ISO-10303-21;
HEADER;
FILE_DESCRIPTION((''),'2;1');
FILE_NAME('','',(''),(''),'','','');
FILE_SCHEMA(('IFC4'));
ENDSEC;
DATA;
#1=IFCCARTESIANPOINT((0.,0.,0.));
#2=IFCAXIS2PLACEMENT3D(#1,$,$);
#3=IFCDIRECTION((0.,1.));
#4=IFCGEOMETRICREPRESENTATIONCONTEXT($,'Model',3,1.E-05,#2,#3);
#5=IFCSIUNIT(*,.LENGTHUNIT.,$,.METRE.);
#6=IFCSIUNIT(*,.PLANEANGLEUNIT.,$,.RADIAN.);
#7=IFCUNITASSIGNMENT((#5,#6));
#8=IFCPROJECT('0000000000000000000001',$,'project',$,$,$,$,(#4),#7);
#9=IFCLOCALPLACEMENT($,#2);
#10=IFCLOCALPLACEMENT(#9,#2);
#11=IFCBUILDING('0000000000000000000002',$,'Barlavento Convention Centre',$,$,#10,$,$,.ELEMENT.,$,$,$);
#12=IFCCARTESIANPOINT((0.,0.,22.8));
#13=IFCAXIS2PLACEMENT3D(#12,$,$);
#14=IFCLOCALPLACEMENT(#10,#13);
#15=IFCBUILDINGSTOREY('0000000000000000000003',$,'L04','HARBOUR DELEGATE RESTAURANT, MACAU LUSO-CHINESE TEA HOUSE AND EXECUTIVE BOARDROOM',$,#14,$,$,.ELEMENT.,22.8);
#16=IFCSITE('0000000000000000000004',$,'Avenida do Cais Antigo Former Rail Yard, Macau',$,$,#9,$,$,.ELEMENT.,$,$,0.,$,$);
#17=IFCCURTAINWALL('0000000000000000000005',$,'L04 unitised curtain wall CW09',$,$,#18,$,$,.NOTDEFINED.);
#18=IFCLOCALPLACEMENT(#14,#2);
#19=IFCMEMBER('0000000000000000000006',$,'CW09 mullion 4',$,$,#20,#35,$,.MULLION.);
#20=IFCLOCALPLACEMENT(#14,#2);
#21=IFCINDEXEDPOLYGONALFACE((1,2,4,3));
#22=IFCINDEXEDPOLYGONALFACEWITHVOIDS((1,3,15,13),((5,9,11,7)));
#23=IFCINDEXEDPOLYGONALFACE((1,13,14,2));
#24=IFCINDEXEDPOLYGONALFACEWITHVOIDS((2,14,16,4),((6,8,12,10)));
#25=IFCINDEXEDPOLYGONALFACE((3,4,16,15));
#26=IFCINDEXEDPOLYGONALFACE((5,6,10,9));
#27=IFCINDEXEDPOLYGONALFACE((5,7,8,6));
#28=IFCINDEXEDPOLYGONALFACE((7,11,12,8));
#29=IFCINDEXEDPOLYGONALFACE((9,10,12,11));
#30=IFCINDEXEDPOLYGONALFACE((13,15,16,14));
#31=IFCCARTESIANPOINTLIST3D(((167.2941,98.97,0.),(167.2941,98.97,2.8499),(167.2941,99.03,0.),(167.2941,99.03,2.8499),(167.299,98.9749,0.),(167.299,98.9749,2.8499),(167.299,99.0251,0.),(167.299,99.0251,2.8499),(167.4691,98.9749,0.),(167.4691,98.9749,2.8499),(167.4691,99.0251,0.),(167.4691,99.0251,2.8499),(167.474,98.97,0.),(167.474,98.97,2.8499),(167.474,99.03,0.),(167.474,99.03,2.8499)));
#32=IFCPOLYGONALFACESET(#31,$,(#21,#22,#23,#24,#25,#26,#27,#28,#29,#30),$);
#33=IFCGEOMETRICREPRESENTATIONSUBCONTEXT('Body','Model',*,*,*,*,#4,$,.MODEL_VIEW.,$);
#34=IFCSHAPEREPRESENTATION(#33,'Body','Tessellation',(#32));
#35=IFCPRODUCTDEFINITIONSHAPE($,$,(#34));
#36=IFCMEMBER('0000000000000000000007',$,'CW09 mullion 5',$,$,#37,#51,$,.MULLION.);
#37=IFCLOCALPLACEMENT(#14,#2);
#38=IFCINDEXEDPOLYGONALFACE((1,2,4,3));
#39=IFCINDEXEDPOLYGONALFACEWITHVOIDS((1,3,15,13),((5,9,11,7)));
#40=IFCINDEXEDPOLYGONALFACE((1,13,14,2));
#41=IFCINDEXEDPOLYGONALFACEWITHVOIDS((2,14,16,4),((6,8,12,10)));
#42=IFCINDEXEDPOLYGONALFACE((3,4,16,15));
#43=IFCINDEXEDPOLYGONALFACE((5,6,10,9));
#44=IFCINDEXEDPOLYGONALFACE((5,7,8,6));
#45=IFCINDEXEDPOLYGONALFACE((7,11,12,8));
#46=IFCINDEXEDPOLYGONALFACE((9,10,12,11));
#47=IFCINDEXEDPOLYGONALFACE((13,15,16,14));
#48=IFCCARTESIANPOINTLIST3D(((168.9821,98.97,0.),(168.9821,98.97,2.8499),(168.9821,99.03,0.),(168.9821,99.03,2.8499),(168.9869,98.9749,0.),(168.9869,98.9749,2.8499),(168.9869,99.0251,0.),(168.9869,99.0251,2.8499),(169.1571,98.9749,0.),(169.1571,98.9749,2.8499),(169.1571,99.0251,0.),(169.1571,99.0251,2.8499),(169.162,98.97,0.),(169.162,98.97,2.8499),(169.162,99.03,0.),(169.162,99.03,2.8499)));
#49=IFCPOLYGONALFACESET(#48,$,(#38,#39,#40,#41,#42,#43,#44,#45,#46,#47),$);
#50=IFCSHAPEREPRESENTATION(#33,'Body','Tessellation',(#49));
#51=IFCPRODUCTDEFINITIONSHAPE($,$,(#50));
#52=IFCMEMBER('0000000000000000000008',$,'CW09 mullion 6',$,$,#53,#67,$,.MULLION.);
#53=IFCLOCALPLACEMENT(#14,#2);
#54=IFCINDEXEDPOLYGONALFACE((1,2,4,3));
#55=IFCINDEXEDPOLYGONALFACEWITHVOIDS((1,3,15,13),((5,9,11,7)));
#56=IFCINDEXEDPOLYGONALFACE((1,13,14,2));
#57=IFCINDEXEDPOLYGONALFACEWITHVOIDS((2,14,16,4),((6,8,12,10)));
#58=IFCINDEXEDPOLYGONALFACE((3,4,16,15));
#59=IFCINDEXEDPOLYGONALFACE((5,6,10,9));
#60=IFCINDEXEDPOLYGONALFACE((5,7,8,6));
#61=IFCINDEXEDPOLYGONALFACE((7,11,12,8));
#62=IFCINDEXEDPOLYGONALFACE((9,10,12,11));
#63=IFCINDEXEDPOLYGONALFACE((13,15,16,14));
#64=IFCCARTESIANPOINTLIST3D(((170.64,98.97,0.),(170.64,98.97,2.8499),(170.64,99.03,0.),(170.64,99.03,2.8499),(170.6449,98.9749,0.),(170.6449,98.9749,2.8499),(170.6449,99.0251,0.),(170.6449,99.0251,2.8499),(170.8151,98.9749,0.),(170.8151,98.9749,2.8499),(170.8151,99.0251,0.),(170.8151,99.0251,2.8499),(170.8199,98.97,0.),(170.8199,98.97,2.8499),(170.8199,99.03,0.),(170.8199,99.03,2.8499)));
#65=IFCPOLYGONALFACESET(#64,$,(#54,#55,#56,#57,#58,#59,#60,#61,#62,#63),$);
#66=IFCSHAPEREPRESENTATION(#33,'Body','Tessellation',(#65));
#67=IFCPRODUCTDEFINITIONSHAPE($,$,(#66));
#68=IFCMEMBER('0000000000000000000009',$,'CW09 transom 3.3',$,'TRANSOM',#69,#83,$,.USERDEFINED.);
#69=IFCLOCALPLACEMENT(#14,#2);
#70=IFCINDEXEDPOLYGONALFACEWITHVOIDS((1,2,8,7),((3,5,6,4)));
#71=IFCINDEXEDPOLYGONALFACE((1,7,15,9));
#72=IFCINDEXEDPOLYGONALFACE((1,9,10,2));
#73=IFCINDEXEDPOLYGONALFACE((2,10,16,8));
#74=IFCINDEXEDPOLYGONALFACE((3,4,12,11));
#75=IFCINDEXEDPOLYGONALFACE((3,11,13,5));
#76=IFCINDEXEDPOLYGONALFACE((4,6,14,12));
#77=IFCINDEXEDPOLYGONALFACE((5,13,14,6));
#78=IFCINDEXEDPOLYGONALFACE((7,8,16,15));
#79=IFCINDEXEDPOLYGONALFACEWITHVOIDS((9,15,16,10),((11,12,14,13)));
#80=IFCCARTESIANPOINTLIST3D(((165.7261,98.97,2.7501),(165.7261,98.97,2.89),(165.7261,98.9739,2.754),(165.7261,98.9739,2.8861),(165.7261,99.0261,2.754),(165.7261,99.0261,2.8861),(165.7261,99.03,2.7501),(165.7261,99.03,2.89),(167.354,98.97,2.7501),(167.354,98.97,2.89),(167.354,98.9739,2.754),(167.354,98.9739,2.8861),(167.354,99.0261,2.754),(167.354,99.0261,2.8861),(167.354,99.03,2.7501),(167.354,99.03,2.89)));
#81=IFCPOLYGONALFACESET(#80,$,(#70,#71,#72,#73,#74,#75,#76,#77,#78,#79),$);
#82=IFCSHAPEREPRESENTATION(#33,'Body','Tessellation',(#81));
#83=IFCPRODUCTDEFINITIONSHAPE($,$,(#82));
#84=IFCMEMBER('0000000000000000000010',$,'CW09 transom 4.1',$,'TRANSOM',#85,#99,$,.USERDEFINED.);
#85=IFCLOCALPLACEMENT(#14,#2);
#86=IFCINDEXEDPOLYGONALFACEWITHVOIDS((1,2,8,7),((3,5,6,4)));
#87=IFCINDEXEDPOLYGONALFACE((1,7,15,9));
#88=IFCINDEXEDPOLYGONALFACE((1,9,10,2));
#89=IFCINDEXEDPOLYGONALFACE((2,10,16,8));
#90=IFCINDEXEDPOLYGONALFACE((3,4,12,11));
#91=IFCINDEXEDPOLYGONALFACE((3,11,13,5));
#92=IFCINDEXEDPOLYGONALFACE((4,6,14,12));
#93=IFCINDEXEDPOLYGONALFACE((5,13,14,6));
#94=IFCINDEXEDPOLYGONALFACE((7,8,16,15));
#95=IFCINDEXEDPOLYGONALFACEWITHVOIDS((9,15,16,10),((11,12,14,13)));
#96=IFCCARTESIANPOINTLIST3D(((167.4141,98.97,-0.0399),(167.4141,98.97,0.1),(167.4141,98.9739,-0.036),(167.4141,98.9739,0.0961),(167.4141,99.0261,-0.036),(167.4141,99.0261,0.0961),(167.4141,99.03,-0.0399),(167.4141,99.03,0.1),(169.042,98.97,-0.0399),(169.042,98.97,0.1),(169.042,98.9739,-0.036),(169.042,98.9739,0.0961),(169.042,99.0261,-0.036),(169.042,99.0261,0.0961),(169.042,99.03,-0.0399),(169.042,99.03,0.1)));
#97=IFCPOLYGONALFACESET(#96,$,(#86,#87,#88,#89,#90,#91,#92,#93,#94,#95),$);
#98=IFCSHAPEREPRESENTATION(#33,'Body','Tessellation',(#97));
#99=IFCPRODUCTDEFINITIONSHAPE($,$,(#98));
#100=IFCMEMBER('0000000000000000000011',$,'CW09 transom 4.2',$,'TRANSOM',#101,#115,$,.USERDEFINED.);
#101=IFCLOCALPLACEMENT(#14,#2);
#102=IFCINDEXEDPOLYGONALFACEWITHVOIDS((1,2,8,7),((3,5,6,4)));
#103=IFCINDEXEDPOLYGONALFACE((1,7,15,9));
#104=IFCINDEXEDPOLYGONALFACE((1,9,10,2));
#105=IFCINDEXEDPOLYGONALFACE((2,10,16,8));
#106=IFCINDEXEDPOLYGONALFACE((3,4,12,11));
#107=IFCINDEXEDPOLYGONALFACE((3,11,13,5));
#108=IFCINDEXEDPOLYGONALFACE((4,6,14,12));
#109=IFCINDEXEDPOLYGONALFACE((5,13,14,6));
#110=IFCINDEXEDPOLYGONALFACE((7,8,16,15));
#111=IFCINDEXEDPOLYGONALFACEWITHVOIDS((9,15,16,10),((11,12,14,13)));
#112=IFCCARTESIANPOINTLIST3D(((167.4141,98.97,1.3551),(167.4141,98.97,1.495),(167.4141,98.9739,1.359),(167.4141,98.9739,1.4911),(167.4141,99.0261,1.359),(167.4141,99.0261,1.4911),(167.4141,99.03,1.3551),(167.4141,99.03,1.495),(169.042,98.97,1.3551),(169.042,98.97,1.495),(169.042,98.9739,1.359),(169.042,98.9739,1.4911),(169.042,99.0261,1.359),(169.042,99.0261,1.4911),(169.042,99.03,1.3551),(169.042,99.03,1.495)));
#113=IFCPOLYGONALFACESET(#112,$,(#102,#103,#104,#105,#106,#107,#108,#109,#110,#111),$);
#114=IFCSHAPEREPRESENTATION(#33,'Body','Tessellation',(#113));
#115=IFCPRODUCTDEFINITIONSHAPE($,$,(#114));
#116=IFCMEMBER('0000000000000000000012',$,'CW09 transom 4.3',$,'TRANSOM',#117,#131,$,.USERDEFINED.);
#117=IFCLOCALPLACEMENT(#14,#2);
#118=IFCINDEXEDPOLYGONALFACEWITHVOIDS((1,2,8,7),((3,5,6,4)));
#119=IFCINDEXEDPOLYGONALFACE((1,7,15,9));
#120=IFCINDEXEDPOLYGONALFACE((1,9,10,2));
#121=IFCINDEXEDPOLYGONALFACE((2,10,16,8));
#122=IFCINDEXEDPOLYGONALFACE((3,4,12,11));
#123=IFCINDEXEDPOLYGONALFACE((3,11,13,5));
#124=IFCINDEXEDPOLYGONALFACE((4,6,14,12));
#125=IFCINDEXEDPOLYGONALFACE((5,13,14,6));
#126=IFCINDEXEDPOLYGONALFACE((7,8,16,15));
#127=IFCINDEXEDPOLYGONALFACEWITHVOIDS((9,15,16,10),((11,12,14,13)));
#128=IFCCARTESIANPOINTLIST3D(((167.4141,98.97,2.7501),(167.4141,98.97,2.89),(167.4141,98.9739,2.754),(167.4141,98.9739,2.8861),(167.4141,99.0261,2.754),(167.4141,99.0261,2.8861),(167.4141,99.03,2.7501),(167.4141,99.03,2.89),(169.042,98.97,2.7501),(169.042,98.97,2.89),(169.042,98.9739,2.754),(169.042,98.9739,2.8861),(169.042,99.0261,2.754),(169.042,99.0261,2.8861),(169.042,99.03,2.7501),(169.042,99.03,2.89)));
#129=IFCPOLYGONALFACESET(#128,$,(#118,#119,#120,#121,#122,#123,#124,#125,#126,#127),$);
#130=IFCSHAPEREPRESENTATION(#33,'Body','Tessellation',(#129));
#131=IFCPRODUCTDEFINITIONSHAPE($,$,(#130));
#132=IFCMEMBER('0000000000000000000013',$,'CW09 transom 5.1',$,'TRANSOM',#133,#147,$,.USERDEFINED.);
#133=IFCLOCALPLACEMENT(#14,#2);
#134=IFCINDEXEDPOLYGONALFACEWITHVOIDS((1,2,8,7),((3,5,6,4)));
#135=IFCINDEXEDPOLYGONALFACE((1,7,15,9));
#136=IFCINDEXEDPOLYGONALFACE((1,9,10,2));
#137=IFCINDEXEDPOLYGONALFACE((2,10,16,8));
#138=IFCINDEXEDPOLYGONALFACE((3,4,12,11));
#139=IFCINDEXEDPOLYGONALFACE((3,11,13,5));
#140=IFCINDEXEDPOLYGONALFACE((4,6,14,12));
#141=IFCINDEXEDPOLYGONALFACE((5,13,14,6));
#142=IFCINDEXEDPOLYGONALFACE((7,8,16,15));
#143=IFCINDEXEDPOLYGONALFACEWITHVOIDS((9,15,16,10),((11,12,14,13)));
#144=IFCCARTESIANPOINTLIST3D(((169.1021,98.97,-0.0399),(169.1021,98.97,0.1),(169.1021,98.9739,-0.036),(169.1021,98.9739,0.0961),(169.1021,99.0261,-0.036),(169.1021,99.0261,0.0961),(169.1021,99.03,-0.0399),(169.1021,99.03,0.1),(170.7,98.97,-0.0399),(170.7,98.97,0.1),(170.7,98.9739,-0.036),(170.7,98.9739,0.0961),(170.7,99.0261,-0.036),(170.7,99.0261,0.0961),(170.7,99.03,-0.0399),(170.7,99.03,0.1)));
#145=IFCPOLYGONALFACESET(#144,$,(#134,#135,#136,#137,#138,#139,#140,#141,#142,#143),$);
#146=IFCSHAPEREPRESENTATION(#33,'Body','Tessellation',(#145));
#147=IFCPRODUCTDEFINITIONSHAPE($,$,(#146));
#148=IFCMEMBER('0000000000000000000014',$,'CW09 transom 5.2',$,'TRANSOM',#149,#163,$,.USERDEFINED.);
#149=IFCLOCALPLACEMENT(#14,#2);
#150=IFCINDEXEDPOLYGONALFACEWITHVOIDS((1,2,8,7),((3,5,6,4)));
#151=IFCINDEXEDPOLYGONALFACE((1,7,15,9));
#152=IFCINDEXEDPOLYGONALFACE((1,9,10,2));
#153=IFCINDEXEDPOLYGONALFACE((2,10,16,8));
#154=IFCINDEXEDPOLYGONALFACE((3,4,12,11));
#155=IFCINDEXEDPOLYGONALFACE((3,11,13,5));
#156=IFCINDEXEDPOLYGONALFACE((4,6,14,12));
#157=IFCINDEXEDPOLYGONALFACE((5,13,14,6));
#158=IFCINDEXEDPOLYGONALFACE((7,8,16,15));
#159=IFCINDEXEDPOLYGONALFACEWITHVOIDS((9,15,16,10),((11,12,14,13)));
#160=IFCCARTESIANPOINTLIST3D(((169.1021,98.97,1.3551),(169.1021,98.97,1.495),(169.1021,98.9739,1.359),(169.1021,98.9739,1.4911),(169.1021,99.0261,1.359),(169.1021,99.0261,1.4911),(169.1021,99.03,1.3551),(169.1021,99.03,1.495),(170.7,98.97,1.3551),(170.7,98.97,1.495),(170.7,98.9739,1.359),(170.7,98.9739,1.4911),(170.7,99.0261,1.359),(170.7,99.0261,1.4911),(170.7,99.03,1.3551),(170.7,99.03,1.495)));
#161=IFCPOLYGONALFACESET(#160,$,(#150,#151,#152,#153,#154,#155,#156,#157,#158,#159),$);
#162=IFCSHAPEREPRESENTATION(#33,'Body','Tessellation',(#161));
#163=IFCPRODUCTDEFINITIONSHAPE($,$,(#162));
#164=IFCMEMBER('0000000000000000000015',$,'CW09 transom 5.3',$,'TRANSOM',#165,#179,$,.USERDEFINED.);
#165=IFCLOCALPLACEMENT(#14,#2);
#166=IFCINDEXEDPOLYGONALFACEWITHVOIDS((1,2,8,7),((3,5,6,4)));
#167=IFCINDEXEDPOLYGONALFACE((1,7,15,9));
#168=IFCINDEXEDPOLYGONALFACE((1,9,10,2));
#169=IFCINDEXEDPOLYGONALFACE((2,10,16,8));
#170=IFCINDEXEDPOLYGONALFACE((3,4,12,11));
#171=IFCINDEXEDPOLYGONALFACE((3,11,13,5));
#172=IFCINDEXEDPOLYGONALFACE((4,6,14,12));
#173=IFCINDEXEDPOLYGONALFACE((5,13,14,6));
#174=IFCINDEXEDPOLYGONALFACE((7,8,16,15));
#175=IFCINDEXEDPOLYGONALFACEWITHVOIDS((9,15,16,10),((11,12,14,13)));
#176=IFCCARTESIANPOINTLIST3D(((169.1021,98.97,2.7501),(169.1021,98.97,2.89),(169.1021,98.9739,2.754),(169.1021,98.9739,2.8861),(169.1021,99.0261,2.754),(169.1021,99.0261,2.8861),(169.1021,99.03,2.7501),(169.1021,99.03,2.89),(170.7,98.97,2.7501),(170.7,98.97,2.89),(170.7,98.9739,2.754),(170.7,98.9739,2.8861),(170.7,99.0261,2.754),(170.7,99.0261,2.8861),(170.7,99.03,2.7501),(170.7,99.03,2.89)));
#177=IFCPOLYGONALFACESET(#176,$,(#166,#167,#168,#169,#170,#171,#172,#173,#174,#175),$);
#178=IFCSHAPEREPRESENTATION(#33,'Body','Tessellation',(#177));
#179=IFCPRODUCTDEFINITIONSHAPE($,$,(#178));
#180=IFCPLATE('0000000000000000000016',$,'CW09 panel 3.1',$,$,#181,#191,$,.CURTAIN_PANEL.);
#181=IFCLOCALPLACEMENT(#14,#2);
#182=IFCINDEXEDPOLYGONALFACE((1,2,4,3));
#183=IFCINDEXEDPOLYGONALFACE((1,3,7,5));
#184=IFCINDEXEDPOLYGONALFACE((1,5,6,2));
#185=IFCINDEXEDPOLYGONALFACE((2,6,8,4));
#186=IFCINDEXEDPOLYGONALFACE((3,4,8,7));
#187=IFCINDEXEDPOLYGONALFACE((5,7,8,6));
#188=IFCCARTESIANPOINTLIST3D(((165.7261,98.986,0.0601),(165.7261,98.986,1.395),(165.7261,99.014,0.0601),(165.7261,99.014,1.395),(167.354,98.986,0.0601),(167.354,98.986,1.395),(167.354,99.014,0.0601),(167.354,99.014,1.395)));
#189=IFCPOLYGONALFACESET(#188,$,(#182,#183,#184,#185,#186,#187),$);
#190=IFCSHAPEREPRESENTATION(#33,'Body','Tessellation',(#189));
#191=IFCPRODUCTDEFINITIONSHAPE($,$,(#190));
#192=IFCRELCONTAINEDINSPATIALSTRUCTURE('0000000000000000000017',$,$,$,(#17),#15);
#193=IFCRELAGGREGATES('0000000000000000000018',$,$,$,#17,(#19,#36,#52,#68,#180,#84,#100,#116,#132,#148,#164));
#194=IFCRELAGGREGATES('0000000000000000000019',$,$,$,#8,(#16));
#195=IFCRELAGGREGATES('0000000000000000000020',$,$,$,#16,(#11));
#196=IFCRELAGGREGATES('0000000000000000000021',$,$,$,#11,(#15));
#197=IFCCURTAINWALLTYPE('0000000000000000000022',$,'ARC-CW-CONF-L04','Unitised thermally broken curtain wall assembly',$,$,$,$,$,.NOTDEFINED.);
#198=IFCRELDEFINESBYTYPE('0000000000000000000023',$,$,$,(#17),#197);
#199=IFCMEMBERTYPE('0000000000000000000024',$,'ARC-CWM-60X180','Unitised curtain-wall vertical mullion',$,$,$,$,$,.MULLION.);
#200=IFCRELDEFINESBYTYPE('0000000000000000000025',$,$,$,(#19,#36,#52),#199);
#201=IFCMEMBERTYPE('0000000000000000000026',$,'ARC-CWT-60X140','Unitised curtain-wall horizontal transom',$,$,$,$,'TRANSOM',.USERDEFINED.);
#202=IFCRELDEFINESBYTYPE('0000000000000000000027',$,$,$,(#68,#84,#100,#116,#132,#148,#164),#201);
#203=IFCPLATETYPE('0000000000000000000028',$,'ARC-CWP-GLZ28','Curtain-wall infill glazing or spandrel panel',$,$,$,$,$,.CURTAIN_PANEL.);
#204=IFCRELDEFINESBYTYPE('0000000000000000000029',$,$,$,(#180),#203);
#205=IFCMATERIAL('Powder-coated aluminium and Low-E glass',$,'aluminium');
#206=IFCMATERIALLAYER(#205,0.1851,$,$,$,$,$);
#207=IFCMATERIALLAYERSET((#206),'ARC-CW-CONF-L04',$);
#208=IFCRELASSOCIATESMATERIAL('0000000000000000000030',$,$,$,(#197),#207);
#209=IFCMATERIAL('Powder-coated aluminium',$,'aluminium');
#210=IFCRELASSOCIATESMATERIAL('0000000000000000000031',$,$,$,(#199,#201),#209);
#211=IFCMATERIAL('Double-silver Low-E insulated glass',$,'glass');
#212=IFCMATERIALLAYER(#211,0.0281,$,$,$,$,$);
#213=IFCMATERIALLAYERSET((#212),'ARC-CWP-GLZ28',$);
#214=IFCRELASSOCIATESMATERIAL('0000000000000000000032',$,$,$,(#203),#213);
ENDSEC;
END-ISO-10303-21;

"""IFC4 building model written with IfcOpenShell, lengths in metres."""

from ifc_helpers import new_model, si_unit, direction, frame, origin, origin_2d, place, context, subcontext, project, spatial, rectangle, hollow_rectangle, extrude, material, layer, layer_set, material_profile, profile_set, type_object, element, aggregate, save


model = new_model("IFC4")

# Units and contexts
model_context = context("Model", 3, precision=1e-05, world=origin(), true_north=direction((0.0, 1.0)))
body_context = subcontext(model_context, "Body", "Model", "MODEL_VIEW")
ifc_project = project(units=[si_unit("LENGTHUNIT", "METRE"), si_unit("PLANEANGLEUNIT", "RADIAN")], contexts=[model_context])

# Site, building, storey
site_placement = place(None, origin())
site = spatial("IfcSite", under=ifc_project, at=site_placement, Name="Avenida do Cais Antigo Former Rail Yard, Macau", CompositionType="ELEMENT", RefElevation=0.0)
building_placement = place(site_placement, origin())
building = spatial("IfcBuilding", under=site, at=building_placement, Name="Barlavento Convention Centre", CompositionType="ELEMENT")
storey_placement = place(building_placement, frame((0.0, 0.0, 22.8)))
storey = spatial("IfcBuildingStorey", under=building, at=storey_placement, Name="L04", Description="HARBOUR DELEGATE RESTAURANT, MACAU LUSO-CHINESE TEA HOUSE AND EXECUTIVE BOARDROOM", CompositionType="ELEMENT", Elevation=22.8)

# Curtain wall, members, plate
ifc_material_1 = material(Name="Powder-coated aluminium and Low-E glass", Category="aluminium")
ifc_layer_1 = layer(ifc_material_1, 0.1851)
ifc_layer_set_1 = layer_set([ifc_layer_1], Name="ARC-CW-CONF-L04")
curtain_wall_type = type_object("IfcCurtainWallType", Name="ARC-CW-CONF-L04", Description="Unitised thermally broken curtain wall assembly", PredefinedType="NOTDEFINED", material=ifc_layer_set_1)
curtain_wall_placement = place(storey_placement, origin())
curtain_wall = element("IfcCurtainWall", 1, at=curtain_wall_placement, inside=storey, type_object=curtain_wall_type, Name="L04 unitised curtain wall CW09", PredefinedType="NOTDEFINED")
ifc_material_2 = material(Name="Powder-coated aluminium", Category="aluminium")
ifc_material_profile_1 = material_profile(ifc_material_2, hollow_rectangle(XDim=0.0601, YDim=0.1799, WallThickness=0.0049, at=origin_2d()), Name="AL-MULL 60x180x5")
ifc_profile_set_1 = profile_set([ifc_material_profile_1], Name="Powder-coated aluminium")
member_type_1 = type_object("IfcMemberType", Name="ARC-CWM-60X180", Description="Unitised curtain-wall vertical mullion", PredefinedType="MULLION", material=ifc_profile_set_1)
member_1_placement = place(storey_placement, frame((167.384, 99.0, 0.0), z_axis=(0.0, 0.0, 1.0), x_axis=(0.0, 1.0, 0.0)))
member_1 = element("IfcMember", 2, at=member_1_placement, type_object=member_type_1, Name="CW09 mullion 4", PredefinedType="MULLION", context=body_context, shape_type="SweptSolid", body=[
    extrude(hollow_rectangle(XDim=0.0601, YDim=0.1799, WallThickness=0.0049, at=origin_2d()), origin(), (0.0, 0.0, 1.0), 2.8499),
])
member_2_placement = place(storey_placement, frame((169.072, 99.0, 0.0), z_axis=(0.0, 0.0, 1.0), x_axis=(0.0, 1.0, 0.0)))
member_2 = element("IfcMember", 3, at=member_2_placement, type_object=member_type_1, Name="CW09 mullion 5", PredefinedType="MULLION", context=body_context, shape_type="SweptSolid", body=[
    extrude(hollow_rectangle(XDim=0.0601, YDim=0.1799, WallThickness=0.0049, at=origin_2d()), origin(), (0.0, 0.0, 1.0), 2.8499),
])
member_3_placement = place(storey_placement, frame((170.73, 99.0, 0.0), z_axis=(0.0, 0.0, 1.0), x_axis=(0.0, 1.0, 0.0)))
member_3 = element("IfcMember", 4, at=member_3_placement, type_object=member_type_1, Name="CW09 mullion 6", PredefinedType="MULLION", context=body_context, shape_type="SweptSolid", body=[
    extrude(hollow_rectangle(XDim=0.0601, YDim=0.1799, WallThickness=0.0049, at=origin_2d()), origin(), (0.0, 0.0, 1.0), 2.8499),
])
ifc_material_profile_2 = material_profile(ifc_material_2, hollow_rectangle(XDim=0.0601, YDim=0.1399, WallThickness=0.0039, at=origin_2d()), Name="AL-TRAN 60x140x4")
ifc_profile_set_2 = profile_set([ifc_material_profile_2], Name="Powder-coated aluminium")
member_type_2 = type_object("IfcMemberType", Name="ARC-CWT-60X140", Description="Unitised curtain-wall horizontal transom", ElementType="TRANSOM", PredefinedType="USERDEFINED", material=ifc_profile_set_2)
member_4_placement = place(storey_placement, frame((165.7261, 99.0, 2.8201), z_axis=(1.0, 0.0, 0.0), x_axis=(0.0, 1.0, 0.0)))
member_4 = element("IfcMember", 5, at=member_4_placement, type_object=member_type_2, Name="CW09 transom 3.3", ObjectType="TRANSOM", PredefinedType="USERDEFINED", context=body_context, shape_type="SweptSolid", body=[
    extrude(hollow_rectangle(XDim=0.0601, YDim=0.1399, WallThickness=0.0039, at=origin_2d()), origin(), (0.0, 0.0, 1.0), 1.6279),
])
member_5_placement = place(storey_placement, frame((167.4141, 99.0, 0.03), z_axis=(1.0, 0.0, 0.0), x_axis=(0.0, 1.0, 0.0)))
member_5 = element("IfcMember", 6, at=member_5_placement, type_object=member_type_2, Name="CW09 transom 4.1", ObjectType="TRANSOM", PredefinedType="USERDEFINED", context=body_context, shape_type="SweptSolid", body=[
    extrude(hollow_rectangle(XDim=0.0601, YDim=0.1399, WallThickness=0.0039, at=origin_2d()), origin(), (0.0, 0.0, 1.0), 1.6279),
])
member_6_placement = place(storey_placement, frame((167.4141, 99.0, 1.425), z_axis=(1.0, 0.0, 0.0), x_axis=(0.0, 1.0, 0.0)))
member_6 = element("IfcMember", 7, at=member_6_placement, type_object=member_type_2, Name="CW09 transom 4.2", ObjectType="TRANSOM", PredefinedType="USERDEFINED", context=body_context, shape_type="SweptSolid", body=[
    extrude(hollow_rectangle(XDim=0.0601, YDim=0.1399, WallThickness=0.0039, at=origin_2d()), origin(), (0.0, 0.0, 1.0), 1.6279),
])
member_7_placement = place(storey_placement, frame((167.4141, 99.0, 2.8201), z_axis=(1.0, 0.0, 0.0), x_axis=(0.0, 1.0, 0.0)))
member_7 = element("IfcMember", 8, at=member_7_placement, type_object=member_type_2, Name="CW09 transom 4.3", ObjectType="TRANSOM", PredefinedType="USERDEFINED", context=body_context, shape_type="SweptSolid", body=[
    extrude(hollow_rectangle(XDim=0.0601, YDim=0.1399, WallThickness=0.0039, at=origin_2d()), origin(), (0.0, 0.0, 1.0), 1.6279),
])
member_8_placement = place(storey_placement, frame((169.1021, 99.0, 0.03), z_axis=(1.0, 0.0, 0.0), x_axis=(0.0, 1.0, 0.0)))
member_8 = element("IfcMember", 9, at=member_8_placement, type_object=member_type_2, Name="CW09 transom 5.1", ObjectType="TRANSOM", PredefinedType="USERDEFINED", context=body_context, shape_type="SweptSolid", body=[
    extrude(hollow_rectangle(XDim=0.0601, YDim=0.1399, WallThickness=0.0039, at=origin_2d()), origin(), (0.0, 0.0, 1.0), 1.5979),
])
member_9_placement = place(storey_placement, frame((169.1021, 99.0, 1.425), z_axis=(1.0, 0.0, 0.0), x_axis=(0.0, 1.0, 0.0)))
member_9 = element("IfcMember", 10, at=member_9_placement, type_object=member_type_2, Name="CW09 transom 5.2", ObjectType="TRANSOM", PredefinedType="USERDEFINED", context=body_context, shape_type="SweptSolid", body=[
    extrude(hollow_rectangle(XDim=0.0601, YDim=0.1399, WallThickness=0.0039, at=origin_2d()), origin(), (0.0, 0.0, 1.0), 1.5979),
])
member_10_placement = place(storey_placement, frame((169.1021, 99.0, 2.8201), z_axis=(1.0, 0.0, 0.0), x_axis=(0.0, 1.0, 0.0)))
member_10 = element("IfcMember", 11, at=member_10_placement, type_object=member_type_2, Name="CW09 transom 5.3", ObjectType="TRANSOM", PredefinedType="USERDEFINED", context=body_context, shape_type="SweptSolid", body=[
    extrude(hollow_rectangle(XDim=0.0601, YDim=0.1399, WallThickness=0.0039, at=origin_2d()), origin(), (0.0, 0.0, 1.0), 1.5979),
])
ifc_material_3 = material(Name="Double-silver Low-E insulated glass", Category="glass")
ifc_layer_2 = layer(ifc_material_3, 0.0281)
ifc_layer_set_2 = layer_set([ifc_layer_2], Name="ARC-CWP-GLZ28")
plate_type = type_object("IfcPlateType", Name="ARC-CWP-GLZ28", Description="Curtain-wall infill glazing or spandrel panel", PredefinedType="CURTAIN_PANEL", material=ifc_layer_set_2)
plate_1_placement = place(storey_placement, frame((166.54, 99.0, 0.0601), z_axis=(0.0, 0.0, 1.0), x_axis=(1.0, 0.0, 0.0)))
plate_1 = element("IfcPlate", 12, at=plate_1_placement, type_object=plate_type, Name="CW09 panel 3.1", PredefinedType="CURTAIN_PANEL", context=body_context, shape_type="SweptSolid", body=[
    extrude(rectangle(XDim=1.6279, YDim=0.0281, at=origin_2d()), origin(), (0.0, 0.0, 1.0), 1.335),
])
aggregate(curtain_wall, [member_1, member_2, member_3, member_4, plate_1, member_5, member_6, member_7, member_8, member_9, member_10])

save(model, "model.ifc")
